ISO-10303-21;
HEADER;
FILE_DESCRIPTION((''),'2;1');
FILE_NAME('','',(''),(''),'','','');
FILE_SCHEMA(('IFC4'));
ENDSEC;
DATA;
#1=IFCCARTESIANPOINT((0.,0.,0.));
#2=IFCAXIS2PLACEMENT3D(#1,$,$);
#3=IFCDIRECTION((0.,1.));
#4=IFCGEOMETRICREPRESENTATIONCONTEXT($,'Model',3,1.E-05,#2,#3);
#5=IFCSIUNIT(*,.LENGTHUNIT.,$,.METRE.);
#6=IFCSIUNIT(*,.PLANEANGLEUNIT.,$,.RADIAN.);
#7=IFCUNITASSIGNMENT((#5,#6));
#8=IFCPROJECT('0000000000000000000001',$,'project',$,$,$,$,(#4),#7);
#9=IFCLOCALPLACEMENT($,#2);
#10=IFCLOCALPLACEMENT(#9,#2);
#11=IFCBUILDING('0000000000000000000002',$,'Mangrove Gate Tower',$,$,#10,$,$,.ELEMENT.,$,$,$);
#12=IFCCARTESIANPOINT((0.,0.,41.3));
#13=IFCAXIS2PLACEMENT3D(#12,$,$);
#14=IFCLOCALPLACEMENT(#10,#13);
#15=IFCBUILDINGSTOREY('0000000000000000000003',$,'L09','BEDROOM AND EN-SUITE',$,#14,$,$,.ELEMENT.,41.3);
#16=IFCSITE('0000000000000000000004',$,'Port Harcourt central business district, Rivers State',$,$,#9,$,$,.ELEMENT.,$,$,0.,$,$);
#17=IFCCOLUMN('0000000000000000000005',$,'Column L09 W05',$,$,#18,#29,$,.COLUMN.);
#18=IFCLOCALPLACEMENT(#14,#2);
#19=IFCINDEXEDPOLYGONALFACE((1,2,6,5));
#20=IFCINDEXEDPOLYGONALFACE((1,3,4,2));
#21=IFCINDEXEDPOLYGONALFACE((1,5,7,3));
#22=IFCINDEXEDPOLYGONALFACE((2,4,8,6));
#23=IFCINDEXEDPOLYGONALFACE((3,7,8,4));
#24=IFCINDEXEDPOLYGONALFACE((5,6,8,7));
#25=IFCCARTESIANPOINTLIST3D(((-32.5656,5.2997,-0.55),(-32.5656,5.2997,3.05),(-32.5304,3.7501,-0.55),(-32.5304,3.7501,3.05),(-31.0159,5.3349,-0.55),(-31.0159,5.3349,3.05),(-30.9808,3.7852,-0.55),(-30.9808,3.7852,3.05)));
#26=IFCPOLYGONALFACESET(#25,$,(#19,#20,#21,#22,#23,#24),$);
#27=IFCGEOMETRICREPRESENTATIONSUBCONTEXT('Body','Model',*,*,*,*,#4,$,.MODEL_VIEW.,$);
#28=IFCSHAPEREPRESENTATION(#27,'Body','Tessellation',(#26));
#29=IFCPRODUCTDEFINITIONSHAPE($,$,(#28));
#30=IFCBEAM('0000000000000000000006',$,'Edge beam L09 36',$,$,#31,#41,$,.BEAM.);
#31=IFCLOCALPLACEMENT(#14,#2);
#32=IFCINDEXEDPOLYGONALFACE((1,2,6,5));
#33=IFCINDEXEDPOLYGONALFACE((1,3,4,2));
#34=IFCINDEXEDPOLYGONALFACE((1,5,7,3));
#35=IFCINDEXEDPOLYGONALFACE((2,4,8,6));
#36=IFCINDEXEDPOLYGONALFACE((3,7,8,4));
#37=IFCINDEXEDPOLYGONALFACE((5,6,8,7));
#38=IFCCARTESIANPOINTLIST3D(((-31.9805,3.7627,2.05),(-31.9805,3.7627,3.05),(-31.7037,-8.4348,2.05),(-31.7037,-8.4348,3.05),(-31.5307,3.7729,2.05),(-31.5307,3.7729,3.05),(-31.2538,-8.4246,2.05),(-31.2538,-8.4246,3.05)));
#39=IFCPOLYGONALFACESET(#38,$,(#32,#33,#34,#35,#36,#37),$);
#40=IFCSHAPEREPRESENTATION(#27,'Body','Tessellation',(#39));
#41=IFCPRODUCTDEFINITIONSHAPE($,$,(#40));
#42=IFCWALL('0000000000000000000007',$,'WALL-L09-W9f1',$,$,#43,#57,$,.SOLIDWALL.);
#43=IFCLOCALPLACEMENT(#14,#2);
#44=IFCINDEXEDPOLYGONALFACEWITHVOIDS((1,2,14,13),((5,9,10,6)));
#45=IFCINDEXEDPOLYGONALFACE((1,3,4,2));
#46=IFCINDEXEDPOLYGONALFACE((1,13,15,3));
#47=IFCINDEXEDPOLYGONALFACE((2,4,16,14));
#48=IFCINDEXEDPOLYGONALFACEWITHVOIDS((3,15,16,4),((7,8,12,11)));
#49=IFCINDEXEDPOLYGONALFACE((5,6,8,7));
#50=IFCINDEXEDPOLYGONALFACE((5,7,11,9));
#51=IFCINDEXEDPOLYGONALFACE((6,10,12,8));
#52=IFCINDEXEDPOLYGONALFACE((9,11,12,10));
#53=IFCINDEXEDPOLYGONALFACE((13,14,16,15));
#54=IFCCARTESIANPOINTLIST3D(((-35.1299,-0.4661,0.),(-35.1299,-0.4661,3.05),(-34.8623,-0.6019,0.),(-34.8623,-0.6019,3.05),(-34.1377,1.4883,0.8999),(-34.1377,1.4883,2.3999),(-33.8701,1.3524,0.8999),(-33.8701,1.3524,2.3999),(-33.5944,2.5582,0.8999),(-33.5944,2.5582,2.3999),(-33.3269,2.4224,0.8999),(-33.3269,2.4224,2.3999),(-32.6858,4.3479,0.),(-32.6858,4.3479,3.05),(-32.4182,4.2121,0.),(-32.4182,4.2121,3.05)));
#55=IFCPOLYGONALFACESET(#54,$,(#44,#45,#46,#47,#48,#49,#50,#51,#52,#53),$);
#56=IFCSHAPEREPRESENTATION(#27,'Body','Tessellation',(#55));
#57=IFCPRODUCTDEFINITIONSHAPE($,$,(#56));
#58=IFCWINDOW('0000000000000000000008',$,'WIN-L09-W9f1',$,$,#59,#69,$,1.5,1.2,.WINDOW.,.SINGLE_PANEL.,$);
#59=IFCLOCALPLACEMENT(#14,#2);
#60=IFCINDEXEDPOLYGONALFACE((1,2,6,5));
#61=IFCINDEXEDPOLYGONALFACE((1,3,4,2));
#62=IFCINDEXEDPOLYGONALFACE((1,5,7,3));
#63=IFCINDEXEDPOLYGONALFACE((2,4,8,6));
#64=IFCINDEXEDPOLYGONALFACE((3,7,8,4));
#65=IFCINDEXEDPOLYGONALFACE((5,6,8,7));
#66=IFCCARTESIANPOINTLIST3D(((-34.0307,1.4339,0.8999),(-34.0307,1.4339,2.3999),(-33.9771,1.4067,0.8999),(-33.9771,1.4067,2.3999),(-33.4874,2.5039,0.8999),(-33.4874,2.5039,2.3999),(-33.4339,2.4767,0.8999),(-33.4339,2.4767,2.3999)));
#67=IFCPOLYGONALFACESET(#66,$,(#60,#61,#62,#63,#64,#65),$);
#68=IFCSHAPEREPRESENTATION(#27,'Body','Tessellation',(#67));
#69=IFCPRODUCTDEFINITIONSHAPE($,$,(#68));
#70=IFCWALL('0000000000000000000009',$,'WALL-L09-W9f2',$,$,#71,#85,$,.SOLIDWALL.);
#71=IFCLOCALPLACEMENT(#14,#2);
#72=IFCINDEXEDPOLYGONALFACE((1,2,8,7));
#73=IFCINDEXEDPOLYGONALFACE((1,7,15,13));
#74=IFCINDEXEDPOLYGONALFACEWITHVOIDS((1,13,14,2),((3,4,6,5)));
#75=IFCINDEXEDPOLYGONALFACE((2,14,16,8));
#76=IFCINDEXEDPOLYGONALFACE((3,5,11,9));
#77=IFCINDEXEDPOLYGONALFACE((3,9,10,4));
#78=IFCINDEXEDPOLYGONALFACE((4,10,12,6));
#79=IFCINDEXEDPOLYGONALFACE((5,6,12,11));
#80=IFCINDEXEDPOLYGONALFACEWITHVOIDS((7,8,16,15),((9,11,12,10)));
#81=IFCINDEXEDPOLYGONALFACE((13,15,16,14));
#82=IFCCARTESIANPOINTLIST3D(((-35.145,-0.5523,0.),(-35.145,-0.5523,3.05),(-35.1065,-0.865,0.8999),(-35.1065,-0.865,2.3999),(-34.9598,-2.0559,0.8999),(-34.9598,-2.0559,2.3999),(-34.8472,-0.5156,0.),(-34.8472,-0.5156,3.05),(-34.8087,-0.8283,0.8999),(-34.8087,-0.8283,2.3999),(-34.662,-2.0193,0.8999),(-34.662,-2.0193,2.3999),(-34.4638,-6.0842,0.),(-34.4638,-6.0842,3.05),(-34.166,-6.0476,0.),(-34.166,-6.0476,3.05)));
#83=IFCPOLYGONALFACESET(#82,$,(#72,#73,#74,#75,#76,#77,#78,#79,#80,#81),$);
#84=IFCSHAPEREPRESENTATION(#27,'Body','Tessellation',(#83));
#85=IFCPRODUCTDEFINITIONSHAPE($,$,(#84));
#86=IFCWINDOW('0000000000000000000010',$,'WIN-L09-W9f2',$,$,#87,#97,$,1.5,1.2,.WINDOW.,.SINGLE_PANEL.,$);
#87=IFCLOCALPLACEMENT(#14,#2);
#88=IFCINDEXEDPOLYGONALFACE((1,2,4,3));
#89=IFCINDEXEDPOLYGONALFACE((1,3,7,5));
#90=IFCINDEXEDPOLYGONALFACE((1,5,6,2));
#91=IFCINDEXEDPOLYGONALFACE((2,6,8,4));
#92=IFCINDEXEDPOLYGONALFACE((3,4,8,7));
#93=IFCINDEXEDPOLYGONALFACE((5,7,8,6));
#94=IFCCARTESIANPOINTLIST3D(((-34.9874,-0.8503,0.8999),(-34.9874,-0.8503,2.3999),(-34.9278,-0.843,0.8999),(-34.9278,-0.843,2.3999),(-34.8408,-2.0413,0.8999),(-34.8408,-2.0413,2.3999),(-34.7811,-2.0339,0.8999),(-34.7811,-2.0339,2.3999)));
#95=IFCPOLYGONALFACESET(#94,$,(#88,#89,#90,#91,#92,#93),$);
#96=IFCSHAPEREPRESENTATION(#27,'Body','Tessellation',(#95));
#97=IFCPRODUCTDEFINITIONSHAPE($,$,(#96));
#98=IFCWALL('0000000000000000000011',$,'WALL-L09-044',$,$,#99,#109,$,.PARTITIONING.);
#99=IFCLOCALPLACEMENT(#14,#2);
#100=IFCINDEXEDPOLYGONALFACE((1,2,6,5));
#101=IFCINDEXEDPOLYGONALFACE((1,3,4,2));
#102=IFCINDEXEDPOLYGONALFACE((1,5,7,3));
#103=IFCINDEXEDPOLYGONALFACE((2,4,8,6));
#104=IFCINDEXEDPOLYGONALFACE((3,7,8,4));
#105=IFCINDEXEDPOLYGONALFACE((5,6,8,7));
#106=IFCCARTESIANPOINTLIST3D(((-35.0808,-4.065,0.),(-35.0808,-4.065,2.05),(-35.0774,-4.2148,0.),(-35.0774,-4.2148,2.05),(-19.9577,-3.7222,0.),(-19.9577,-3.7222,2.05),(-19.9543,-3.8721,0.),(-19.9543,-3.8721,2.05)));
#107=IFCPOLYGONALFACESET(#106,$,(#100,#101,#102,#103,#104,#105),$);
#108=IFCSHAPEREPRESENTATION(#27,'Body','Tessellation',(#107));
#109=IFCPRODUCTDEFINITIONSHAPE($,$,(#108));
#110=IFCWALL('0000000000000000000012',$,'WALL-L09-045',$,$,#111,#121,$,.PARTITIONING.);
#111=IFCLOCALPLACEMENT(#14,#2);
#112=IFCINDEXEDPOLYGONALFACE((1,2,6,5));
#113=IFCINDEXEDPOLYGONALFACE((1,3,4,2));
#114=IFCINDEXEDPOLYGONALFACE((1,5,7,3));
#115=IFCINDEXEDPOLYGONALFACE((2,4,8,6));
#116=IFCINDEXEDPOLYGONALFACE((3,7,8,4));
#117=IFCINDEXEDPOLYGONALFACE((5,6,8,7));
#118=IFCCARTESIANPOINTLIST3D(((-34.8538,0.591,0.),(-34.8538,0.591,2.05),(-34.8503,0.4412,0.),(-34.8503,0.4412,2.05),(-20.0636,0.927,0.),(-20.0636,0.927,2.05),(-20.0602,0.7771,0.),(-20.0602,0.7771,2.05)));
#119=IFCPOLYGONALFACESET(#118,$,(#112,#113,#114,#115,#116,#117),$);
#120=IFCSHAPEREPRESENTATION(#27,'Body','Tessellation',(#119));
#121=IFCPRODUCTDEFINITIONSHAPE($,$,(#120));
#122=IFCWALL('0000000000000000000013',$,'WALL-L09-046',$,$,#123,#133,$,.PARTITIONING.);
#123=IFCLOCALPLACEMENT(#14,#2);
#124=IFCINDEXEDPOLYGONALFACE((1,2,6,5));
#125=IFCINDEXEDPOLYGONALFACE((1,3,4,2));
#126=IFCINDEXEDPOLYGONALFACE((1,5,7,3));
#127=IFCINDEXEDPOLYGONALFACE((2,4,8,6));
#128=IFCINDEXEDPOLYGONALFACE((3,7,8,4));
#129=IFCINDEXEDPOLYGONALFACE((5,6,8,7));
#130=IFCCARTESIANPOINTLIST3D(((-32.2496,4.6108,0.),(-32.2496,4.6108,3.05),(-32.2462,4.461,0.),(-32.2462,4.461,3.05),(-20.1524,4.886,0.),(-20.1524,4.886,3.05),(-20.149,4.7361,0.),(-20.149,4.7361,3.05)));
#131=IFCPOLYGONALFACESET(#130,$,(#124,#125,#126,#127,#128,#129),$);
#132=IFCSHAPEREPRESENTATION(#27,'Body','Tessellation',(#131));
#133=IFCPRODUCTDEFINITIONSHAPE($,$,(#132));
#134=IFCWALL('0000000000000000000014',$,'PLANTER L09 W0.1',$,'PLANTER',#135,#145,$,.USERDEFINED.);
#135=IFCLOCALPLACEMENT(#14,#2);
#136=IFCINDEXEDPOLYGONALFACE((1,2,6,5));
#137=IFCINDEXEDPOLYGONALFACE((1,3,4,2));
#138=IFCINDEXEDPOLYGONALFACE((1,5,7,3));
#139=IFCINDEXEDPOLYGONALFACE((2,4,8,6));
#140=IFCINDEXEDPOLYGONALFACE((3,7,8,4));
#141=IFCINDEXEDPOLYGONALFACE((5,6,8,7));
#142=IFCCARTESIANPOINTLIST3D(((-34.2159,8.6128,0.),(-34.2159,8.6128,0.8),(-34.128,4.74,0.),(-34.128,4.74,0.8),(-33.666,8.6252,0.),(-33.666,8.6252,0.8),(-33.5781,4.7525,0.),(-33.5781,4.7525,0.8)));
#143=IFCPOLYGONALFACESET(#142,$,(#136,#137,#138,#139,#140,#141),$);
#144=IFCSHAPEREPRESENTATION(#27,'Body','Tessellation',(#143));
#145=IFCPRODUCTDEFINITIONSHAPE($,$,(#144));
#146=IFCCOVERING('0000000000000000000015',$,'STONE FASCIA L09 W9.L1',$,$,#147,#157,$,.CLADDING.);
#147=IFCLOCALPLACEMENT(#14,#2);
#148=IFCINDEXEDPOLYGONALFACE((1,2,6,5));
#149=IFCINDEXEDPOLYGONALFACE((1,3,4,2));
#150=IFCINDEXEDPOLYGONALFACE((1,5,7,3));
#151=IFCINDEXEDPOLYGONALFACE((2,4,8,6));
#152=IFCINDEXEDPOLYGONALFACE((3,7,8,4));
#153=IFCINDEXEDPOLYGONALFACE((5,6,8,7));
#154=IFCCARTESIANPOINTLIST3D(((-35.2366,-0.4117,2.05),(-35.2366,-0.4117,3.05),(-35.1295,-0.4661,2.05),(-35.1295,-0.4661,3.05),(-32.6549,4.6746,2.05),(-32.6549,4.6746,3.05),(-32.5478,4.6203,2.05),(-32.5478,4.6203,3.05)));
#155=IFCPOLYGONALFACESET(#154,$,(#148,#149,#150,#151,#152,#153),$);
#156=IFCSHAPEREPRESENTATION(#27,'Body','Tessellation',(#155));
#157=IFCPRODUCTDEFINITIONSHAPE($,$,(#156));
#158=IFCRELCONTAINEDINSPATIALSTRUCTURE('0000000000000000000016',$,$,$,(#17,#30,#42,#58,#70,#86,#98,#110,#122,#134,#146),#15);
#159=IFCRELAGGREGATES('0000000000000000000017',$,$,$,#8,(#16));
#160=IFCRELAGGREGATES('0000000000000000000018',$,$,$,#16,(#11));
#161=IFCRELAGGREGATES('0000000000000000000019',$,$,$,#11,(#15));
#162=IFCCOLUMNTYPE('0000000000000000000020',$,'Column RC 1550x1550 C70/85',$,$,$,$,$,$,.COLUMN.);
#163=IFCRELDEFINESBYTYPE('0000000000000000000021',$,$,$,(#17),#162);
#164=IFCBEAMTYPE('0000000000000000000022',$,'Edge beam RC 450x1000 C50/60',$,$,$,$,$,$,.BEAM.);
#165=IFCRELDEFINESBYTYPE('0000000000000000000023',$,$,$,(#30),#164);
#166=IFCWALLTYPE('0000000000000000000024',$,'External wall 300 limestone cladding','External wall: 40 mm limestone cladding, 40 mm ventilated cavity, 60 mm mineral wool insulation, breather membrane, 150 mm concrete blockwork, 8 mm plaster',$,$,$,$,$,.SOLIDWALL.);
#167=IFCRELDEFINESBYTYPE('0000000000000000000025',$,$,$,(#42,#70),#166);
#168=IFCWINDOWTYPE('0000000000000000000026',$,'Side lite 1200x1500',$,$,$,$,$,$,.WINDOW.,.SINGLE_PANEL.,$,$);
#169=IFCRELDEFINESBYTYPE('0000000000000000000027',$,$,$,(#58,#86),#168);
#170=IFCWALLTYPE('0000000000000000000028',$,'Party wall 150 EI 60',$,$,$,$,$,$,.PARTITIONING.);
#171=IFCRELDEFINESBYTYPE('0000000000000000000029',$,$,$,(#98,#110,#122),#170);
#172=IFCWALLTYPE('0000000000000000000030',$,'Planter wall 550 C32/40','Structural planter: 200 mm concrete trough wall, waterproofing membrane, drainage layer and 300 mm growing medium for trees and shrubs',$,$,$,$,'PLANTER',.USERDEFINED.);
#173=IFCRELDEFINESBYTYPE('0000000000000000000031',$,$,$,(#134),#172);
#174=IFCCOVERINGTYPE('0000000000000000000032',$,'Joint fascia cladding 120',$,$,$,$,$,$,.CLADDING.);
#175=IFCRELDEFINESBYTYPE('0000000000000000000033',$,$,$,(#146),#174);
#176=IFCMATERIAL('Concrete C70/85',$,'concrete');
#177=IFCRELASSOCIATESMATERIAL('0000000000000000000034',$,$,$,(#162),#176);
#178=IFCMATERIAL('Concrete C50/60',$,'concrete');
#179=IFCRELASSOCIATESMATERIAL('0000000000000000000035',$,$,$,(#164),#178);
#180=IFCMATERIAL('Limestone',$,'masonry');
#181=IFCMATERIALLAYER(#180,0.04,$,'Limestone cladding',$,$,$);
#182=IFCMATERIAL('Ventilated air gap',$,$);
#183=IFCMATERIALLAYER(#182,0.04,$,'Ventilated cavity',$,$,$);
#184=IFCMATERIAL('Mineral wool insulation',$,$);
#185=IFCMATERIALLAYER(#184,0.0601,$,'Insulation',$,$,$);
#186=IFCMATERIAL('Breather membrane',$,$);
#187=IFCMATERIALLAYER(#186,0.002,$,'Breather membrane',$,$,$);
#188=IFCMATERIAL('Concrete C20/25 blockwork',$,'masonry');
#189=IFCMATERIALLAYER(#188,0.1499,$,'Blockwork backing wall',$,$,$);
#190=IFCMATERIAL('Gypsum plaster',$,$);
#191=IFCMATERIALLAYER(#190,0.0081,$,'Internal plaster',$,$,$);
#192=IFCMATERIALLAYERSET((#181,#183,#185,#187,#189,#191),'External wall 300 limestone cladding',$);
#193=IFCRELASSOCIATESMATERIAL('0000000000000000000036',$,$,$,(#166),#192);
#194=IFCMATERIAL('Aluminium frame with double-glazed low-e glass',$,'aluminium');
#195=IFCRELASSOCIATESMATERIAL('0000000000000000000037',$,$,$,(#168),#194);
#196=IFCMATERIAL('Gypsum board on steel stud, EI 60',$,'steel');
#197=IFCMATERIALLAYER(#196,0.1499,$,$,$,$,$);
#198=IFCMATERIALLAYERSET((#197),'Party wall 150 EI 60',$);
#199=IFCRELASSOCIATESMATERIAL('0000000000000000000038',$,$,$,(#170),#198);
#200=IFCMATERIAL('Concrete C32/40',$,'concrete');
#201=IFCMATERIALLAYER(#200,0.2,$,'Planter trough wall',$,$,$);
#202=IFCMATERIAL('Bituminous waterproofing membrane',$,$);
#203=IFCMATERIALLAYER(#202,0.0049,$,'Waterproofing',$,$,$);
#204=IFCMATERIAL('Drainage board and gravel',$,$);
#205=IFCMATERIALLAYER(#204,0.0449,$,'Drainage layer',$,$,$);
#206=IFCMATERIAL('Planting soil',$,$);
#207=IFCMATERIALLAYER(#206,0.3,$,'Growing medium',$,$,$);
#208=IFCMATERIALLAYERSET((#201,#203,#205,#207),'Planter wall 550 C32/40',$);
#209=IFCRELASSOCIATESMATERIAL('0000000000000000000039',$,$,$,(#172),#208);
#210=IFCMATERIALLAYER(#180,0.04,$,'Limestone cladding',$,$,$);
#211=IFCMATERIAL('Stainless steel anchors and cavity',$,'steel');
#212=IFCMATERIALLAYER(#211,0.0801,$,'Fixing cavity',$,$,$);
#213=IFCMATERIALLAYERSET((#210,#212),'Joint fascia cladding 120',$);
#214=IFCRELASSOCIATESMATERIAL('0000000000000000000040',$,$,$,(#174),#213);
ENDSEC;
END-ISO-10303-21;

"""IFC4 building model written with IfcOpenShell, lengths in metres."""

from ifc_helpers import new_model, si_unit, direction, frame, frame_2d, origin, origin_2d, place, context, subcontext, project, spatial, rectangle, extrude, material, layer, layer_set, material_profile, profile_set, type_object, element, fill, save


model = new_model("IFC4")

# Units and contexts
model_context = context("Model", 3, precision=1e-05, world=origin(), true_north=direction((0.0, 1.0)))
body_context = subcontext(model_context, "Body", "Model", "MODEL_VIEW")
ifc_project = project(units=[si_unit("LENGTHUNIT", "METRE"), si_unit("PLANEANGLEUNIT", "RADIAN")], contexts=[model_context])

# Site, building, storey
site_placement = place(None, origin())
site = spatial("IfcSite", under=ifc_project, at=site_placement, Name="Port Harcourt central business district, Rivers State", CompositionType="ELEMENT", RefElevation=0.0)
building_placement = place(site_placement, origin())
building = spatial("IfcBuilding", under=site, at=building_placement, Name="Mangrove Gate Tower", CompositionType="ELEMENT")
storey_placement = place(building_placement, frame((0.0, 0.0, 41.3)))
storey = spatial("IfcBuildingStorey", under=building, at=storey_placement, Name="L09", Description="BEDROOM AND EN-SUITE", CompositionType="ELEMENT", Elevation=41.3)

# Column
ifc_material_1 = material(Name="Concrete C70/85", Category="concrete")
ifc_material_profile_1 = material_profile(ifc_material_1, rectangle(XDim=1.55, YDim=1.55, at=origin_2d()))
ifc_profile_set_1 = profile_set([ifc_material_profile_1], Name="Concrete C70/85")
column_type = type_object("IfcColumnType", Name="Column RC 1550x1550 C70/85", PredefinedType="COLUMN", material=ifc_profile_set_1)
column_placement = place(storey_placement, frame((-31.7732, 4.5425, -0.55), z_axis=(0.0, 0.0, 1.0), x_axis=(0.02268, -0.999743, 0.0)))
element("IfcColumn", 1, at=column_placement, inside=storey, type_object=column_type, Name="Column L09 W05", PredefinedType="COLUMN", context=body_context, shape_type="SweptSolid", body=[
    extrude(rectangle(XDim=1.55, YDim=1.55, at=origin_2d()), origin(), (0.0, 0.0, 1.0), 3.6001),
])

# Beam
ifc_material_2 = material(Name="Concrete C50/60", Category="concrete")
ifc_material_profile_2 = material_profile(ifc_material_2, rectangle(XDim=0.45, YDim=1.0, at=origin_2d()))
ifc_profile_set_2 = profile_set([ifc_material_profile_2], Name="Concrete C50/60")
beam_type = type_object("IfcBeamType", Name="Edge beam RC 450x1000 C50/60", PredefinedType="BEAM", material=ifc_profile_set_2)
beam_placement = place(storey_placement, frame((-31.7556, 3.7678, 2.55), z_axis=(0.022692, -0.999743, 0.0), x_axis=(0.999743, 0.022692, 0.0)))
element("IfcBeam", 2, at=beam_placement, inside=storey, type_object=beam_type, Name="Edge beam L09 36", PredefinedType="BEAM", context=body_context, shape_type="SweptSolid", body=[
    extrude(rectangle(XDim=0.45, YDim=1.0, at=origin_2d()), origin(), (0.0, 0.0, 1.0), 12.2007),
])

# Walls, openings, windows
ifc_material_3 = material(Name="Limestone", Category="masonry")
ifc_layer_1 = layer(ifc_material_3, 0.04, Name="Limestone cladding")
ifc_material_4 = material(Name="Ventilated air gap")
ifc_layer_2 = layer(ifc_material_4, 0.04, Name="Ventilated cavity")
ifc_material_5 = material(Name="Mineral wool insulation")
ifc_layer_3 = layer(ifc_material_5, 0.0601, Name="Insulation")
ifc_material_6 = material(Name="Breather membrane")
ifc_layer_4 = layer(ifc_material_6, 0.002, Name="Breather membrane")
ifc_material_7 = material(Name="Concrete C20/25 blockwork", Category="masonry")
ifc_layer_5 = layer(ifc_material_7, 0.1499, Name="Blockwork backing wall")
ifc_material_8 = material(Name="Gypsum plaster")
ifc_layer_6 = layer(ifc_material_8, 0.0081, Name="Internal plaster")
ifc_layer_set_1 = layer_set([ifc_layer_1, ifc_layer_2, ifc_layer_3, ifc_layer_4, ifc_layer_5, ifc_layer_6], Name="External wall 300 limestone cladding")
wall_type_1 = type_object("IfcWallType", Name="External wall 300 limestone cladding", Description="External wall: 40 mm limestone cladding, 40 mm ventilated cavity, 60 mm mineral wool insulation, breather membrane, 150 mm concrete blockwork, 8 mm plaster", PredefinedType="SOLIDWALL", material=ifc_layer_set_1)
wall_1_placement = place(storey_placement, frame((-32.552, 4.28, 0.0), z_axis=(0.0, 0.0, 1.0), x_axis=(-0.452704, -0.891661, 0.0)))
wall_1 = element("IfcWall", 3, at=wall_1_placement, inside=storey, type_object=wall_type_1, Name="WALL-L09-W9f1", PredefinedType="SOLIDWALL", context=body_context, shape_type="SweptSolid", body=[
    extrude(rectangle(XDim=5.3989, YDim=0.3, at=frame_2d((2.6995, 0.0))), origin(), (0.0, 0.0, 1.0), 3.05),
])
opening_1_placement = place(wall_1_placement, frame((2.0071, 0.0, 0.8999)))
opening_1 = element("IfcOpeningElement", 4, at=opening_1_placement, cuts=wall_1, PredefinedType="OPENING", context=body_context, shape_type="SweptSolid", body=[
    extrude(rectangle(XDim=1.2, YDim=1.5, at=frame_2d((0.6001, 0.75))), frame((0.0, 0.1599, 0.0), z_axis=(0.0, -1.0, 0.0), x_axis=(1.0, 0.0, 0.0)), (0.0, 0.0, 1.0), 0.3201),
])
ifc_material_9 = material(Name="Aluminium frame with double-glazed low-e glass", Category="aluminium")
window_type = type_object("IfcWindowType", Name="Side lite 1200x1500", PartitioningType="SINGLE_PANEL", PredefinedType="WINDOW", material=ifc_material_9)
window_1_placement = place(opening_1_placement, origin())
window_1 = element("IfcWindow", 5, at=window_1_placement, inside=storey, type_object=window_type, Name="WIN-L09-W9f1", OverallHeight=1.5, OverallWidth=1.2, PartitioningType="SINGLE_PANEL", PredefinedType="WINDOW", context=body_context, shape_type="SweptSolid", body=[
    extrude(rectangle(XDim=1.2, YDim=1.5, at=frame_2d((0.6001, 0.75))), frame((0.0, 0.03, 0.0), z_axis=(0.0, -1.0, 0.0), x_axis=(1.0, 0.0, 0.0)), (0.0, 0.0, 1.0), 0.0601),
])
fill(opening_1, window_1)
wall_2_placement = place(storey_placement, frame((-34.9961, -0.5339, 0.0), z_axis=(0.0, 0.0, 1.0), x_axis=(0.122207, -0.992505, 0.0)))
wall_2 = element("IfcWall", 6, at=wall_2_placement, inside=storey, type_object=wall_type_1, Name="WALL-L09-W9f2", PredefinedType="SOLIDWALL", context=body_context, shape_type="SweptSolid", body=[
    extrude(rectangle(XDim=5.5737, YDim=0.3, at=frame_2d((2.7869, 0.0))), origin(), (0.0, 0.0, 1.0), 3.05),
])
opening_2_placement = place(wall_2_placement, frame((0.3149, 0.0, 0.8999)))
opening_2 = element("IfcOpeningElement", 7, at=opening_2_placement, cuts=wall_2, PredefinedType="OPENING", context=body_context, shape_type="SweptSolid", body=[
    extrude(rectangle(XDim=1.2, YDim=1.5, at=frame_2d((0.6001, 0.75))), frame((0.0, 0.1599, 0.0), z_axis=(0.0, -1.0, 0.0), x_axis=(1.0, 0.0, 0.0)), (0.0, 0.0, 1.0), 0.3201),
])
window_2_placement = place(opening_2_placement, origin())
window_2 = element("IfcWindow", 8, at=window_2_placement, inside=storey, type_object=window_type, Name="WIN-L09-W9f2", OverallHeight=1.5, OverallWidth=1.2, PartitioningType="SINGLE_PANEL", PredefinedType="WINDOW", context=body_context, shape_type="SweptSolid", body=[
    extrude(rectangle(XDim=1.2, YDim=1.5, at=frame_2d((0.6001, 0.75))), frame((0.0, 0.03, 0.0), z_axis=(0.0, -1.0, 0.0), x_axis=(1.0, 0.0, 0.0)), (0.0, 0.0, 1.0), 0.0601),
])
fill(opening_2, window_2)

# Walls
ifc_material_10 = material(Name="Gypsum board on steel stud, EI 60", Category="steel")
ifc_layer_7 = layer(ifc_material_10, 0.1499)
ifc_layer_set_2 = layer_set([ifc_layer_7], Name="Party wall 150 EI 60")
wall_type_2 = type_object("IfcWallType", Name="Party wall 150 EI 60", PredefinedType="PARTITIONING", material=ifc_layer_set_2)
wall_3_placement = place(storey_placement, frame((-35.0791, -4.1399, 0.0), z_axis=(0.0, 0.0, 1.0), x_axis=(0.999743, 0.02266, 0.0)))
element("IfcWall", 9, at=wall_3_placement, inside=storey, type_object=wall_type_2, Name="WALL-L09-044", PredefinedType="PARTITIONING", context=body_context, shape_type="SweptSolid", body=[
    extrude(rectangle(XDim=15.127, YDim=0.1499, at=frame_2d((7.5635, 0.0))), origin(), (0.0, 0.0, 1.0), 2.05),
])
wall_4_placement = place(storey_placement, frame((-34.8521, 0.5161, 0.0), z_axis=(0.0, 0.0, 1.0), x_axis=(0.999742, 0.022708, 0.0)))
element("IfcWall", 10, at=wall_4_placement, inside=storey, type_object=wall_type_2, Name="WALL-L09-045", PredefinedType="PARTITIONING", context=body_context, shape_type="SweptSolid", body=[
    extrude(rectangle(XDim=14.7939, YDim=0.1499, at=frame_2d((7.397, 0.0))), origin(), (0.0, 0.0, 1.0), 2.05),
])
wall_5_placement = place(storey_placement, frame((-32.248, 4.5359, 0.0), z_axis=(0.0, 0.0, 1.0), x_axis=(0.999741, 0.022739, 0.0)))
element("IfcWall", 11, at=wall_5_placement, inside=storey, type_object=wall_type_2, Name="WALL-L09-046", PredefinedType="PARTITIONING", context=body_context, shape_type="SweptSolid", body=[
    extrude(rectangle(XDim=12.1003, YDim=0.1499, at=frame_2d((6.0503, 0.0))), origin(), (0.0, 0.0, 1.0), 3.05),
])
ifc_material_11 = material(Name="Concrete C32/40", Category="concrete")
ifc_layer_8 = layer(ifc_material_11, 0.2, Name="Planter trough wall")
ifc_material_12 = material(Name="Bituminous waterproofing membrane")
ifc_layer_9 = layer(ifc_material_12, 0.0049, Name="Waterproofing")
ifc_material_13 = material(Name="Drainage board and gravel")
ifc_layer_10 = layer(ifc_material_13, 0.0449, Name="Drainage layer")
ifc_material_14 = material(Name="Planting soil")
ifc_layer_11 = layer(ifc_material_14, 0.3, Name="Growing medium")
ifc_layer_set_3 = layer_set([ifc_layer_8, ifc_layer_9, ifc_layer_10, ifc_layer_11], Name="Planter wall 550 C32/40")
wall_type_3 = type_object("IfcWallType", Name="Planter wall 550 C32/40", Description="Structural planter: 200 mm concrete trough wall, waterproofing membrane, drainage layer and 300 mm growing medium for trees and shrubs", ElementType="PLANTER", PredefinedType="USERDEFINED", material=ifc_layer_set_3)
wall_6_placement = place(storey_placement, frame((-33.853, 4.7461, 0.0), z_axis=(0.0, 0.0, 1.0), x_axis=(-0.022688, 0.999743, 0.0)))
element("IfcWall", 12, at=wall_6_placement, inside=storey, type_object=wall_type_3, Name="PLANTER L09 W0.1", ObjectType="PLANTER", PredefinedType="USERDEFINED", context=body_context, shape_type="SweptSolid", body=[
    extrude(rectangle(XDim=3.8738, YDim=0.55, at=frame_2d((1.937, 0.0))), origin(), (0.0, 0.0, 1.0), 0.8),
])

# Covering
ifc_layer_12 = layer(ifc_material_3, 0.04, Name="Limestone cladding")
ifc_material_15 = material(Name="Stainless steel anchors and cavity", Category="steel")
ifc_layer_13 = layer(ifc_material_15, 0.0801, Name="Fixing cavity")
ifc_layer_set_4 = layer_set([ifc_layer_12, ifc_layer_13], Name="Joint fascia cladding 120")
covering_type = type_object("IfcCoveringType", Name="Joint fascia cladding 120", PredefinedType="CLADDING", material=ifc_layer_set_4)
covering_placement = place(storey_placement, frame((-32.6013, 4.6475, 2.05), z_axis=(0.0, 0.0, 1.0), x_axis=(-0.452615, -0.891706, 0.0)))
element("IfcCovering", 13, at=covering_placement, inside=storey, type_object=covering_type, Name="STONE FASCIA L09 W9.L1", PredefinedType="CLADDING", context=body_context, shape_type="SweptSolid", body=[
    extrude(rectangle(XDim=5.7041, YDim=0.1201, at=frame_2d((2.8521, 0.0))), origin(), (0.0, 0.0, 1.0), 1.0),
])

save(model, "model.ifc")
